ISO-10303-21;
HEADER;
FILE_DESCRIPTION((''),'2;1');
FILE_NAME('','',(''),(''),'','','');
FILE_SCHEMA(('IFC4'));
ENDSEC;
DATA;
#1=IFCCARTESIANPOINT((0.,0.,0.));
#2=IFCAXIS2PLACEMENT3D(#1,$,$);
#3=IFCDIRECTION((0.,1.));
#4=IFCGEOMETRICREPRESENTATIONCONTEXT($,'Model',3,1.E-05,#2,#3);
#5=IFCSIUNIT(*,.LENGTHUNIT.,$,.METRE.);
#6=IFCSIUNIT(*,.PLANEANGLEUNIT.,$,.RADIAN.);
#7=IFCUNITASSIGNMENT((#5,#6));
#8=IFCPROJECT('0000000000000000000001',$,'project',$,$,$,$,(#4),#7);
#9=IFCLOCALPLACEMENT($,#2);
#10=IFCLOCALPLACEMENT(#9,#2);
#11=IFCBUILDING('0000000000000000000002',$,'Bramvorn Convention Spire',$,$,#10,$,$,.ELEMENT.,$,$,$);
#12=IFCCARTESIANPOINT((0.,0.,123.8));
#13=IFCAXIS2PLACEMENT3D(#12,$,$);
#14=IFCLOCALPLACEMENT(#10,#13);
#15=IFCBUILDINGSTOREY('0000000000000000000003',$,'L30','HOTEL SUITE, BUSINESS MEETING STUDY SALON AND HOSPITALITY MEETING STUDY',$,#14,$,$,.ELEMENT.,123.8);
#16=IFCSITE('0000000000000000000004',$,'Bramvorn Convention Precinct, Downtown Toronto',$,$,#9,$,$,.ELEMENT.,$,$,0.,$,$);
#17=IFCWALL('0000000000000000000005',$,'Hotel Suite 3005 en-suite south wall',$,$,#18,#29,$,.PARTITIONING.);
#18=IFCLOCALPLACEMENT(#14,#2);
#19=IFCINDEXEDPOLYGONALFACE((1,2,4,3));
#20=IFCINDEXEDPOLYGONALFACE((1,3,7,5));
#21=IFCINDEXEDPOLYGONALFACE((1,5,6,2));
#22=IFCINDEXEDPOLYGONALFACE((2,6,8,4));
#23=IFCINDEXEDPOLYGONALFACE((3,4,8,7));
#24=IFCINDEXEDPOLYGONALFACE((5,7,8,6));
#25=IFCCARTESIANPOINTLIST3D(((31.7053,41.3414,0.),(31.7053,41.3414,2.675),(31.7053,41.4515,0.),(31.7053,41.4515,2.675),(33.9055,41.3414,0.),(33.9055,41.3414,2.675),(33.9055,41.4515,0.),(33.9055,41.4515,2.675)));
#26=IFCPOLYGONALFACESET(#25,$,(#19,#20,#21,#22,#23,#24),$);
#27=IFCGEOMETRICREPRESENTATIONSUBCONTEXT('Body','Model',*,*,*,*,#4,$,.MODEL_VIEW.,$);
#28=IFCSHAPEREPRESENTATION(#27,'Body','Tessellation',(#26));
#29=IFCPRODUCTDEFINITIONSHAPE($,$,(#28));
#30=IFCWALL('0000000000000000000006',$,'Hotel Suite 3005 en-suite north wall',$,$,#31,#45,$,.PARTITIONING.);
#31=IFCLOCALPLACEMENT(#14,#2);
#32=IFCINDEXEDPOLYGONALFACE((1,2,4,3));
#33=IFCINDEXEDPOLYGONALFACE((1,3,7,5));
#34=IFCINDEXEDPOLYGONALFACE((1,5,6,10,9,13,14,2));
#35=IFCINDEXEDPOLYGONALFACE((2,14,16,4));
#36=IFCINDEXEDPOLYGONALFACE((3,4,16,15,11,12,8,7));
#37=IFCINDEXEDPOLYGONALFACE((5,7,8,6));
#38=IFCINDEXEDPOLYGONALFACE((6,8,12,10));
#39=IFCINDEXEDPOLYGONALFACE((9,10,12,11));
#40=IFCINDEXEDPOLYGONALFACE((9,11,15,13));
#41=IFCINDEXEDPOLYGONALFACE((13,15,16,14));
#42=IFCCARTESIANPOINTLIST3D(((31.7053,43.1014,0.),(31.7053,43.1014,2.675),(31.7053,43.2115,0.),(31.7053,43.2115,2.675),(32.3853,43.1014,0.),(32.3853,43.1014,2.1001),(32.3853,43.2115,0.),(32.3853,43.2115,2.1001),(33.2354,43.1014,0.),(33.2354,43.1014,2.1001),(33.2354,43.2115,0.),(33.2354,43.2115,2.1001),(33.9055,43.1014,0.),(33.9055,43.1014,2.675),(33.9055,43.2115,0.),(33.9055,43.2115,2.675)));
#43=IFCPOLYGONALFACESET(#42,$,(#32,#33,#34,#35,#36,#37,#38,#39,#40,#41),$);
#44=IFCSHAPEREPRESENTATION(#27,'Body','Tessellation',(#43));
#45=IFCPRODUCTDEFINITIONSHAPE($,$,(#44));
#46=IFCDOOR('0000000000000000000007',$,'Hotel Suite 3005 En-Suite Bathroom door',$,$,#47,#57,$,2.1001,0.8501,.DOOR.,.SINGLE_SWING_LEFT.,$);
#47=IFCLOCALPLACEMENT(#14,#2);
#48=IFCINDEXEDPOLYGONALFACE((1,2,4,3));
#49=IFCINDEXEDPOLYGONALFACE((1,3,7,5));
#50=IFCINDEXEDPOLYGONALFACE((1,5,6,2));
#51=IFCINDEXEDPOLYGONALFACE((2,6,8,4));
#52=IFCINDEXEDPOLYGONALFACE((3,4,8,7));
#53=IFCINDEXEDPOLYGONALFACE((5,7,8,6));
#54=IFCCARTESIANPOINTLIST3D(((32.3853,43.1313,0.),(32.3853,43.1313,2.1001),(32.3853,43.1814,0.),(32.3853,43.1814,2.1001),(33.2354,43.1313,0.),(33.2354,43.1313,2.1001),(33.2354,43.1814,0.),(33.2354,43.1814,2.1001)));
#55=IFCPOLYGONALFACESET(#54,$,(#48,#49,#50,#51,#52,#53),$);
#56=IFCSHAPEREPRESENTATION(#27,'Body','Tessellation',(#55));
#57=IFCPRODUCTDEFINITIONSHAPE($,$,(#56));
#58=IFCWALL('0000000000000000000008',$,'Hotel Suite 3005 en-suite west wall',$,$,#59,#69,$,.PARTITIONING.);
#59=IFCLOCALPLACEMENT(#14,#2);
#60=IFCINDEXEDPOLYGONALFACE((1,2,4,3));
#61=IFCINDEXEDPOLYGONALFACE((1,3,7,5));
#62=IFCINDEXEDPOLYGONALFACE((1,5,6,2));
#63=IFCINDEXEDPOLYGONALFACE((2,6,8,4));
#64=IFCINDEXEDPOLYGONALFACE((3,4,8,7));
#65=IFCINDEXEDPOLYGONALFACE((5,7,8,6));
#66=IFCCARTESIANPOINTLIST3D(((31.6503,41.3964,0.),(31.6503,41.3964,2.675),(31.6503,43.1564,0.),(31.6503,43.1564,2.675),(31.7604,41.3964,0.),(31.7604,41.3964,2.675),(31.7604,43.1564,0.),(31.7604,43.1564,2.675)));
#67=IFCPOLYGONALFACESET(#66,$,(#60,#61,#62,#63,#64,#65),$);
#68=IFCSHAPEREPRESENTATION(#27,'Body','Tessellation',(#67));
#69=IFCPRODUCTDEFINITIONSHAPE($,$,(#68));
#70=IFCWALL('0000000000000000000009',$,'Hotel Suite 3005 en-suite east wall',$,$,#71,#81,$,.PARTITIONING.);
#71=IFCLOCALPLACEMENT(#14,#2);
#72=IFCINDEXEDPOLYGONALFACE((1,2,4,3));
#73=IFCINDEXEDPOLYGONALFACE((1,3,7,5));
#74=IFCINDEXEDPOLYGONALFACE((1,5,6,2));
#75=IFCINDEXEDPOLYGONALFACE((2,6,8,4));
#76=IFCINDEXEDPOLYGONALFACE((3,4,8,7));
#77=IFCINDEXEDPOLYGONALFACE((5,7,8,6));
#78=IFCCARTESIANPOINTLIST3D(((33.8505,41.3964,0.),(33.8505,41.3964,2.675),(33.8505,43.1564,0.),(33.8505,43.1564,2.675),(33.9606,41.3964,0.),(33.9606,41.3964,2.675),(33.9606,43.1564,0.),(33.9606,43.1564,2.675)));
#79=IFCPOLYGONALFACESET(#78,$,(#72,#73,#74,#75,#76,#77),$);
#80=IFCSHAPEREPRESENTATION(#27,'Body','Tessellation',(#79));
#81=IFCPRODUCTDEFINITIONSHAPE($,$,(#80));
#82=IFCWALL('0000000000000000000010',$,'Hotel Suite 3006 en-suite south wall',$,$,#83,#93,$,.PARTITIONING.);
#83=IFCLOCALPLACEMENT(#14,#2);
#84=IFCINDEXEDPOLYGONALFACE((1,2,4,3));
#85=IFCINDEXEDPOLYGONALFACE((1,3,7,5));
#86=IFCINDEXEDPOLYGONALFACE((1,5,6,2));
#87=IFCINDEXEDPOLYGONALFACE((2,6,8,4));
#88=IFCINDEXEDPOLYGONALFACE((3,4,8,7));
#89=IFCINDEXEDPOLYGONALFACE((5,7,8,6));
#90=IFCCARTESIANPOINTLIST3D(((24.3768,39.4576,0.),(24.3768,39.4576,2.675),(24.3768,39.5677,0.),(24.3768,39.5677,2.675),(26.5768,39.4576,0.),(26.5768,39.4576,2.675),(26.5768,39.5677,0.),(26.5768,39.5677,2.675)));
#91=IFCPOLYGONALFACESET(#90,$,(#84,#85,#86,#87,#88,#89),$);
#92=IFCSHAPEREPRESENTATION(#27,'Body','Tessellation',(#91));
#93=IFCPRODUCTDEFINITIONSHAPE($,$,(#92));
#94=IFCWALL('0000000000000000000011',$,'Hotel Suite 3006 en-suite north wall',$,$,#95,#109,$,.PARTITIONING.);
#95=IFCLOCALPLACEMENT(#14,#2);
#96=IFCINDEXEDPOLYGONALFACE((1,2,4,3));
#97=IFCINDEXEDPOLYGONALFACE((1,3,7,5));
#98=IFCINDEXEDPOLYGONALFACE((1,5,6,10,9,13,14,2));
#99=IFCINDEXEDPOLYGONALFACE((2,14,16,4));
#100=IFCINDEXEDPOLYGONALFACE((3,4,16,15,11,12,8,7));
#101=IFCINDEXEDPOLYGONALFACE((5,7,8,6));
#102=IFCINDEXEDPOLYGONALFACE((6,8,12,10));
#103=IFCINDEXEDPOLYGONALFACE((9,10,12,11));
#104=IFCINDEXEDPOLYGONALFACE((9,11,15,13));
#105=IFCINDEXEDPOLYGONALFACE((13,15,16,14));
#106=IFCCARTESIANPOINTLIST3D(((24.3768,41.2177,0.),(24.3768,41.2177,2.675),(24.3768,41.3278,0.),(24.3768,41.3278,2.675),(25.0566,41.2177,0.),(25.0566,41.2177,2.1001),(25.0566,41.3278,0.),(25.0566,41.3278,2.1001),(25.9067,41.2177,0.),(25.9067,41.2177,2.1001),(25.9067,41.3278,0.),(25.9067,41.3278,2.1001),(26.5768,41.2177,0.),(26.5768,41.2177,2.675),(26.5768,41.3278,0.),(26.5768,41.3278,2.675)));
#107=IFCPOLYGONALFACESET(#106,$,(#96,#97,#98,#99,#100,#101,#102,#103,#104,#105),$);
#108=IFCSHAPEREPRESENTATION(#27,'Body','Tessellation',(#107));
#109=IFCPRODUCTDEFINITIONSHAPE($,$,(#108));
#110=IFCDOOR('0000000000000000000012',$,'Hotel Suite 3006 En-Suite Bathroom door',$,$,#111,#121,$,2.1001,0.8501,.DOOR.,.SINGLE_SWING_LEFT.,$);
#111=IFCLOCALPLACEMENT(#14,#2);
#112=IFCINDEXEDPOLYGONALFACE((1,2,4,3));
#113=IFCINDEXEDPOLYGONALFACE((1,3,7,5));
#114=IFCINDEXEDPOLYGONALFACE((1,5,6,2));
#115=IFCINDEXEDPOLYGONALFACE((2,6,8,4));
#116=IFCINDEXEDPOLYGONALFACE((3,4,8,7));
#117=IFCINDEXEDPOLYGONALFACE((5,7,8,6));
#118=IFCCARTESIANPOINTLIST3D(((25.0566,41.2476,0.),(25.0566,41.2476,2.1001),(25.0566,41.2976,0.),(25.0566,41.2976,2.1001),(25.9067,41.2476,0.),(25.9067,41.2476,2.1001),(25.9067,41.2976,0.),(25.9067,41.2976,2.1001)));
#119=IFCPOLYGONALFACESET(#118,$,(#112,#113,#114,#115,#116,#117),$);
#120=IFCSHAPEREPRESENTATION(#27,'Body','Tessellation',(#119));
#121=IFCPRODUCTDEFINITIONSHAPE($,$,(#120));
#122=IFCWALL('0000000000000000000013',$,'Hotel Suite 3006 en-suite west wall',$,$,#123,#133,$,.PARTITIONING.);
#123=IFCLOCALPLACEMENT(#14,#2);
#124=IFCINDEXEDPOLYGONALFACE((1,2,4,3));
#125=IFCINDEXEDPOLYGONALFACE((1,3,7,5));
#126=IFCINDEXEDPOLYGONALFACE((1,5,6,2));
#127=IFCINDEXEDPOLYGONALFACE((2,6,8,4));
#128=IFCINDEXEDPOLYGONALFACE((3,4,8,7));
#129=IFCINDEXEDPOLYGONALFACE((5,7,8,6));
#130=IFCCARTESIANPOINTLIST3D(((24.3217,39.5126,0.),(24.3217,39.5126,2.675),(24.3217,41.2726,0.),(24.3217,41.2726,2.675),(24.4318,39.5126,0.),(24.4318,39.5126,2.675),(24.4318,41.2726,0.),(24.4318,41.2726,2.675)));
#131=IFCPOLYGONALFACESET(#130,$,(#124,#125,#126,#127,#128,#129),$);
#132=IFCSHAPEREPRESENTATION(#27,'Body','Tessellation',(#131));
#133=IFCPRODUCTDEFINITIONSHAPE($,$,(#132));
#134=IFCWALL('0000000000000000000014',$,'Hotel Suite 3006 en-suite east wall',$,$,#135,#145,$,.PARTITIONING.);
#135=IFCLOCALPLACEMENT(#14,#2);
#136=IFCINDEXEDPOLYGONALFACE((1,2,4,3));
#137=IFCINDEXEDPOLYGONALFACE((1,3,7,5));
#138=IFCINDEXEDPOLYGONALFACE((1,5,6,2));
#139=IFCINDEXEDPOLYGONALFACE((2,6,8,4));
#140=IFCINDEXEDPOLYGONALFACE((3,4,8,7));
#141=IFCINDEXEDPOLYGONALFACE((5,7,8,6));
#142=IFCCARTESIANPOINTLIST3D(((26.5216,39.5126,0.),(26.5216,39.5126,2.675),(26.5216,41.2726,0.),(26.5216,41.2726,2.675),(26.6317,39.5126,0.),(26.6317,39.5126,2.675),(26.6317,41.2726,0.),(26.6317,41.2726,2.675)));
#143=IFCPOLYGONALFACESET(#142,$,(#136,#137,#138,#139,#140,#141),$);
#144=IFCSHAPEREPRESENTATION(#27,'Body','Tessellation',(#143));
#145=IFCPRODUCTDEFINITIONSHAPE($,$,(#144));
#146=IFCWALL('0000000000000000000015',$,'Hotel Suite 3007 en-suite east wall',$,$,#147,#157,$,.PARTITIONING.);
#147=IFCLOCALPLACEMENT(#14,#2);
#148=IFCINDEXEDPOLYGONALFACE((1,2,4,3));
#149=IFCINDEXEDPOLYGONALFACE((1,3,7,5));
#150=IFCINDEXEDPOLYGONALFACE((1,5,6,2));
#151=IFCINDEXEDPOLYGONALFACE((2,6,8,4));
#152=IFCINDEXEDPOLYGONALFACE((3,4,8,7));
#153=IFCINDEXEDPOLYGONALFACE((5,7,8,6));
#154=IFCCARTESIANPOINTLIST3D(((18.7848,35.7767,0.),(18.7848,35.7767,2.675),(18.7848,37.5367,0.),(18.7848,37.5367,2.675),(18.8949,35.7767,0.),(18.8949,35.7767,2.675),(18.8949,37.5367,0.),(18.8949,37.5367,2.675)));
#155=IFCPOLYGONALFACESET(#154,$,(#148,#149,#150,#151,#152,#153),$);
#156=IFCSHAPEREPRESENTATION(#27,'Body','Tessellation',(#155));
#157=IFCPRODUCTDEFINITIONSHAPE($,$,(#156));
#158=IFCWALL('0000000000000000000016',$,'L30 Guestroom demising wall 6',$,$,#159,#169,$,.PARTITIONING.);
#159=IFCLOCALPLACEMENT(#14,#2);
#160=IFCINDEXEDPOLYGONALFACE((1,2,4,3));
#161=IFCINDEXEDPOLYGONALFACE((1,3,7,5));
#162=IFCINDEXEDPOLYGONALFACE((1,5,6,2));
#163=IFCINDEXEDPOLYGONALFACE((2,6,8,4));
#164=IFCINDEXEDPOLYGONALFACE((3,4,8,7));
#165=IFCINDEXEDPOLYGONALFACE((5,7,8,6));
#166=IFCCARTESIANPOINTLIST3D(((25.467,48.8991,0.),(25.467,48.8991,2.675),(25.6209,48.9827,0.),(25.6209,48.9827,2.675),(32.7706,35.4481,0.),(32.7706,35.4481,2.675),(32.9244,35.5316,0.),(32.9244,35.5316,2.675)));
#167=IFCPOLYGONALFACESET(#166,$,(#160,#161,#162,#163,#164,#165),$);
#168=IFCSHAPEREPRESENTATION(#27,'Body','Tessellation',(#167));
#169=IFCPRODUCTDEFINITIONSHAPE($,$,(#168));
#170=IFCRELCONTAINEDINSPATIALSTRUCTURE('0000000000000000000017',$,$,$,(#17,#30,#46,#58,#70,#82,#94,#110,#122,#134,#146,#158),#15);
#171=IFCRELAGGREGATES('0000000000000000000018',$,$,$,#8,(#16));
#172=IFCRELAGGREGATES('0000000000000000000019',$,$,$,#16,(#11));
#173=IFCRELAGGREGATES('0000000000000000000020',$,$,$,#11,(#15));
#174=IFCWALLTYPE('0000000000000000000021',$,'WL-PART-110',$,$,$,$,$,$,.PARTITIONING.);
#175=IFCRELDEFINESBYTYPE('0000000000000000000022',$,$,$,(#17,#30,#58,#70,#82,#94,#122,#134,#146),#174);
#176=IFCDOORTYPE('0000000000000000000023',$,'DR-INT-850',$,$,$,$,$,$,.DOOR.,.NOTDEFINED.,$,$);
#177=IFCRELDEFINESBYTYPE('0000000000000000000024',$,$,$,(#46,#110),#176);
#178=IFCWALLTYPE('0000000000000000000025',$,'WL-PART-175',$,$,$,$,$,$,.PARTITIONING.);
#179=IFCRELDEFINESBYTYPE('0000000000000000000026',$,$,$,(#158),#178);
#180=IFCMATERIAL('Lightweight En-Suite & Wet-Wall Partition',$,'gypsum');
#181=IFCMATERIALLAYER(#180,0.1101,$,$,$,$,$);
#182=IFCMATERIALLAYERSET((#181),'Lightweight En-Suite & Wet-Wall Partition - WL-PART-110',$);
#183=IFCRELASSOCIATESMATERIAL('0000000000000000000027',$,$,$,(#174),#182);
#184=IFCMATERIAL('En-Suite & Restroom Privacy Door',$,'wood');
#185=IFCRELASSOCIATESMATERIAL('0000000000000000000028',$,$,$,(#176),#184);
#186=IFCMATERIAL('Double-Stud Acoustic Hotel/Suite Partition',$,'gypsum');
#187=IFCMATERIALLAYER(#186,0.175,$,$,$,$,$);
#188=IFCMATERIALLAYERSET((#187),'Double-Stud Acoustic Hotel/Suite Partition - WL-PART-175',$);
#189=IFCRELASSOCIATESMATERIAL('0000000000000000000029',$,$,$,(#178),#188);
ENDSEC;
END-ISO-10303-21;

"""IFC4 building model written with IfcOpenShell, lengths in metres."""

from ifc_helpers import new_model, si_unit, direction, frame, frame_2d, origin, place, context, subcontext, project, spatial, rectangle, extrude, material, layer, layer_set, type_object, element, fill, save


model = new_model("IFC4")

# Units and contexts
model_context = context("Model", 3, precision=1e-05, world=origin(), true_north=direction((0.0, 1.0)))
body_context = subcontext(model_context, "Body", "Model", "MODEL_VIEW")
ifc_project = project(units=[si_unit("LENGTHUNIT", "METRE"), si_unit("PLANEANGLEUNIT", "RADIAN")], contexts=[model_context])

# Site, building, storey
site_placement = place(None, origin())
site = spatial("IfcSite", under=ifc_project, at=site_placement, Name="Bramvorn Convention Precinct, Downtown Toronto", CompositionType="ELEMENT", RefElevation=0.0)
building_placement = place(site_placement, origin())
building = spatial("IfcBuilding", under=site, at=building_placement, Name="Bramvorn Convention Spire", CompositionType="ELEMENT")
storey_placement = place(building_placement, frame((0.0, 0.0, 123.8)))
storey = spatial("IfcBuildingStorey", under=building, at=storey_placement, Name="L30", Description="HOTEL SUITE, BUSINESS MEETING STUDY SALON AND HOSPITALITY MEETING STUDY", CompositionType="ELEMENT", Elevation=123.8)

# Wall
ifc_material_1 = material(Name="Lightweight En-Suite & Wet-Wall Partition", Category="gypsum")
ifc_layer_1 = layer(ifc_material_1, 0.1101)
ifc_layer_set_1 = layer_set([ifc_layer_1], Name="Lightweight En-Suite & Wet-Wall Partition - WL-PART-110")
wall_type_1 = type_object("IfcWallType", Name="WL-PART-110", PredefinedType="PARTITIONING", material=ifc_layer_set_1)
wall_1_placement = place(storey_placement, frame((31.7053, 41.3965, 0.0), z_axis=(0.0, 0.0, 1.0), x_axis=(1.0, 0.0, 0.0)))
element("IfcWall", 1, at=wall_1_placement, inside=storey, type_object=wall_type_1, Name="Hotel Suite 3005 en-suite south wall", PredefinedType="PARTITIONING", context=body_context, shape_type="SweptSolid", body=[
    extrude(rectangle(XDim=2.2002, YDim=0.1101, at=frame_2d((1.1001, 0.0))), origin(), (0.0, 0.0, 1.0), 2.675),
])

# Wall, opening, door
wall_2_placement = place(storey_placement, frame((31.7053, 43.1565, 0.0), z_axis=(0.0, 0.0, 1.0), x_axis=(1.0, 0.0, 0.0)))
wall_2 = element("IfcWall", 2, at=wall_2_placement, inside=storey, type_object=wall_type_1, Name="Hotel Suite 3005 en-suite north wall", PredefinedType="PARTITIONING", context=body_context, shape_type="SweptSolid", body=[
    extrude(rectangle(XDim=2.2002, YDim=0.1101, at=frame_2d((1.1001, 0.0))), origin(), (0.0, 0.0, 1.0), 2.675),
])
opening_1_placement = place(wall_2_placement, frame((0.6799, 0.0, 0.0)))
opening_1 = element("IfcOpeningElement", 3, at=opening_1_placement, cuts=wall_2, PredefinedType="OPENING", context=body_context, shape_type="SweptSolid", body=[
    extrude(rectangle(XDim=0.8501, YDim=2.1001, at=frame_2d((0.425, 1.05))), frame((0.0, 0.0649, 0.0), z_axis=(0.0, -1.0, 0.0), x_axis=(1.0, 0.0, 0.0)), (0.0, 0.0, 1.0), 0.1301),
])
ifc_material_2 = material(Name="En-Suite & Restroom Privacy Door", Category="wood")
door_type = type_object("IfcDoorType", Name="DR-INT-850", OperationType="NOTDEFINED", PredefinedType="DOOR", material=ifc_material_2)
door_1_placement = place(opening_1_placement, origin())
door_1 = element("IfcDoor", 4, at=door_1_placement, inside=storey, type_object=door_type, Name="Hotel Suite 3005 En-Suite Bathroom door", OperationType="SINGLE_SWING_LEFT", OverallHeight=2.1001, OverallWidth=0.8501, PredefinedType="DOOR", context=body_context, shape_type="SweptSolid", body=[
    extrude(rectangle(XDim=0.8501, YDim=2.1001, at=frame_2d((0.425, 1.05))), frame((0.0, 0.0249, 0.0), z_axis=(0.0, -1.0, 0.0), x_axis=(1.0, 0.0, 0.0)), (0.0, 0.0, 1.0), 0.05),
])
fill(opening_1, door_1)

# Walls
for number, where, z_axis, x_axis, name in (
    (5, (31.7053, 41.3965, 0.0), (0.0, 0.0, 1.0), (0.0, 1.0, 0.0), "Hotel Suite 3005 en-suite west wall"),
    (6, (33.9055, 41.3965, 0.0), (0.0, 0.0, 1.0), (0.0, 1.0, 0.0), "Hotel Suite 3005 en-suite east wall"),
):
    element("IfcWall", number, at=place(storey_placement, frame(where, z_axis=z_axis, x_axis=x_axis)), inside=storey, type_object=wall_type_1, Name=name, PredefinedType="PARTITIONING", context=body_context, shape_type="SweptSolid", body=[
        extrude(rectangle(XDim=1.76, YDim=0.1101, at=frame_2d((0.8799, 0.0))), origin(), (0.0, 0.0, 1.0), 2.675),
    ])
wall_3_placement = place(storey_placement, frame((24.3767, 39.5127, 0.0), z_axis=(0.0, 0.0, 1.0), x_axis=(1.0, 0.0, 0.0)))
element("IfcWall", 7, at=wall_3_placement, inside=storey, type_object=wall_type_1, Name="Hotel Suite 3006 en-suite south wall", PredefinedType="PARTITIONING", context=body_context, shape_type="SweptSolid", body=[
    extrude(rectangle(XDim=2.2, YDim=0.1101, at=frame_2d((1.1001, 0.0))), origin(), (0.0, 0.0, 1.0), 2.675),
])

# Wall, opening, door
wall_4_placement = place(storey_placement, frame((24.3767, 41.2727, 0.0), z_axis=(0.0, 0.0, 1.0), x_axis=(1.0, 0.0, 0.0)))
wall_4 = element("IfcWall", 8, at=wall_4_placement, inside=storey, type_object=wall_type_1, Name="Hotel Suite 3006 en-suite north wall", PredefinedType="PARTITIONING", context=body_context, shape_type="SweptSolid", body=[
    extrude(rectangle(XDim=2.2, YDim=0.1101, at=frame_2d((1.1001, 0.0))), origin(), (0.0, 0.0, 1.0), 2.675),
])
opening_2_placement = place(wall_4_placement, frame((0.6799, 0.0, 0.0)))
opening_2 = element("IfcOpeningElement", 9, at=opening_2_placement, cuts=wall_4, PredefinedType="OPENING", context=body_context, shape_type="SweptSolid", body=[
    extrude(rectangle(XDim=0.8501, YDim=2.1001, at=frame_2d((0.425, 1.05))), frame((0.0, 0.0649, 0.0), z_axis=(0.0, -1.0, 0.0), x_axis=(1.0, 0.0, 0.0)), (0.0, 0.0, 1.0), 0.1301),
])
door_2_placement = place(opening_2_placement, origin())
door_2 = element("IfcDoor", 10, at=door_2_placement, inside=storey, type_object=door_type, Name="Hotel Suite 3006 En-Suite Bathroom door", OperationType="SINGLE_SWING_LEFT", OverallHeight=2.1001, OverallWidth=0.8501, PredefinedType="DOOR", context=body_context, shape_type="SweptSolid", body=[
    extrude(rectangle(XDim=0.8501, YDim=2.1001, at=frame_2d((0.425, 1.05))), frame((0.0, 0.0249, 0.0), z_axis=(0.0, -1.0, 0.0), x_axis=(1.0, 0.0, 0.0)), (0.0, 0.0, 1.0), 0.05),
])
fill(opening_2, door_2)

# Walls
for number, where, z_axis, x_axis, name in (
    (11, (24.3767, 39.5127, 0.0), (0.0, 0.0, 1.0), (0.0, 1.0, 0.0), "Hotel Suite 3006 en-suite west wall"),
    (12, (26.5767, 39.5127, 0.0), (0.0, 0.0, 1.0), (0.0, 1.0, 0.0), "Hotel Suite 3006 en-suite east wall"),
    (13, (18.8398, 35.7769, 0.0), (0.0, 0.0, 1.0), (0.0, 1.0, 0.0), "Hotel Suite 3007 en-suite east wall"),
):
    element("IfcWall", number, at=place(storey_placement, frame(where, z_axis=z_axis, x_axis=x_axis)), inside=storey, type_object=wall_type_1, Name=name, PredefinedType="PARTITIONING", context=body_context, shape_type="SweptSolid", body=[
        extrude(rectangle(XDim=1.76, YDim=0.1101, at=frame_2d((0.8799, 0.0))), origin(), (0.0, 0.0, 1.0), 2.675),
    ])
ifc_material_3 = material(Name="Double-Stud Acoustic Hotel/Suite Partition", Category="gypsum")
ifc_layer_2 = layer(ifc_material_3, 0.175)
ifc_layer_set_2 = layer_set([ifc_layer_2], Name="Double-Stud Acoustic Hotel/Suite Partition - WL-PART-175")
wall_type_2 = type_object("IfcWallType", Name="WL-PART-175", PredefinedType="PARTITIONING", material=ifc_layer_set_2)
wall_5_placement = place(storey_placement, frame((32.8474, 35.49, 0.0), z_axis=(0.0, 0.0, 1.0), x_axis=(-0.477169, 0.878811, 0.0)))
element("IfcWall", 14, at=wall_5_placement, inside=storey, type_object=wall_type_2, Name="L30 Guestroom demising wall 6", PredefinedType="PARTITIONING", context=body_context, shape_type="SweptSolid", body=[
    extrude(rectangle(XDim=15.3059, YDim=0.175, at=frame_2d((7.6528, 0.0))), origin(), (0.0, 0.0, 1.0), 2.675),
])

save(model, "model.ifc")
